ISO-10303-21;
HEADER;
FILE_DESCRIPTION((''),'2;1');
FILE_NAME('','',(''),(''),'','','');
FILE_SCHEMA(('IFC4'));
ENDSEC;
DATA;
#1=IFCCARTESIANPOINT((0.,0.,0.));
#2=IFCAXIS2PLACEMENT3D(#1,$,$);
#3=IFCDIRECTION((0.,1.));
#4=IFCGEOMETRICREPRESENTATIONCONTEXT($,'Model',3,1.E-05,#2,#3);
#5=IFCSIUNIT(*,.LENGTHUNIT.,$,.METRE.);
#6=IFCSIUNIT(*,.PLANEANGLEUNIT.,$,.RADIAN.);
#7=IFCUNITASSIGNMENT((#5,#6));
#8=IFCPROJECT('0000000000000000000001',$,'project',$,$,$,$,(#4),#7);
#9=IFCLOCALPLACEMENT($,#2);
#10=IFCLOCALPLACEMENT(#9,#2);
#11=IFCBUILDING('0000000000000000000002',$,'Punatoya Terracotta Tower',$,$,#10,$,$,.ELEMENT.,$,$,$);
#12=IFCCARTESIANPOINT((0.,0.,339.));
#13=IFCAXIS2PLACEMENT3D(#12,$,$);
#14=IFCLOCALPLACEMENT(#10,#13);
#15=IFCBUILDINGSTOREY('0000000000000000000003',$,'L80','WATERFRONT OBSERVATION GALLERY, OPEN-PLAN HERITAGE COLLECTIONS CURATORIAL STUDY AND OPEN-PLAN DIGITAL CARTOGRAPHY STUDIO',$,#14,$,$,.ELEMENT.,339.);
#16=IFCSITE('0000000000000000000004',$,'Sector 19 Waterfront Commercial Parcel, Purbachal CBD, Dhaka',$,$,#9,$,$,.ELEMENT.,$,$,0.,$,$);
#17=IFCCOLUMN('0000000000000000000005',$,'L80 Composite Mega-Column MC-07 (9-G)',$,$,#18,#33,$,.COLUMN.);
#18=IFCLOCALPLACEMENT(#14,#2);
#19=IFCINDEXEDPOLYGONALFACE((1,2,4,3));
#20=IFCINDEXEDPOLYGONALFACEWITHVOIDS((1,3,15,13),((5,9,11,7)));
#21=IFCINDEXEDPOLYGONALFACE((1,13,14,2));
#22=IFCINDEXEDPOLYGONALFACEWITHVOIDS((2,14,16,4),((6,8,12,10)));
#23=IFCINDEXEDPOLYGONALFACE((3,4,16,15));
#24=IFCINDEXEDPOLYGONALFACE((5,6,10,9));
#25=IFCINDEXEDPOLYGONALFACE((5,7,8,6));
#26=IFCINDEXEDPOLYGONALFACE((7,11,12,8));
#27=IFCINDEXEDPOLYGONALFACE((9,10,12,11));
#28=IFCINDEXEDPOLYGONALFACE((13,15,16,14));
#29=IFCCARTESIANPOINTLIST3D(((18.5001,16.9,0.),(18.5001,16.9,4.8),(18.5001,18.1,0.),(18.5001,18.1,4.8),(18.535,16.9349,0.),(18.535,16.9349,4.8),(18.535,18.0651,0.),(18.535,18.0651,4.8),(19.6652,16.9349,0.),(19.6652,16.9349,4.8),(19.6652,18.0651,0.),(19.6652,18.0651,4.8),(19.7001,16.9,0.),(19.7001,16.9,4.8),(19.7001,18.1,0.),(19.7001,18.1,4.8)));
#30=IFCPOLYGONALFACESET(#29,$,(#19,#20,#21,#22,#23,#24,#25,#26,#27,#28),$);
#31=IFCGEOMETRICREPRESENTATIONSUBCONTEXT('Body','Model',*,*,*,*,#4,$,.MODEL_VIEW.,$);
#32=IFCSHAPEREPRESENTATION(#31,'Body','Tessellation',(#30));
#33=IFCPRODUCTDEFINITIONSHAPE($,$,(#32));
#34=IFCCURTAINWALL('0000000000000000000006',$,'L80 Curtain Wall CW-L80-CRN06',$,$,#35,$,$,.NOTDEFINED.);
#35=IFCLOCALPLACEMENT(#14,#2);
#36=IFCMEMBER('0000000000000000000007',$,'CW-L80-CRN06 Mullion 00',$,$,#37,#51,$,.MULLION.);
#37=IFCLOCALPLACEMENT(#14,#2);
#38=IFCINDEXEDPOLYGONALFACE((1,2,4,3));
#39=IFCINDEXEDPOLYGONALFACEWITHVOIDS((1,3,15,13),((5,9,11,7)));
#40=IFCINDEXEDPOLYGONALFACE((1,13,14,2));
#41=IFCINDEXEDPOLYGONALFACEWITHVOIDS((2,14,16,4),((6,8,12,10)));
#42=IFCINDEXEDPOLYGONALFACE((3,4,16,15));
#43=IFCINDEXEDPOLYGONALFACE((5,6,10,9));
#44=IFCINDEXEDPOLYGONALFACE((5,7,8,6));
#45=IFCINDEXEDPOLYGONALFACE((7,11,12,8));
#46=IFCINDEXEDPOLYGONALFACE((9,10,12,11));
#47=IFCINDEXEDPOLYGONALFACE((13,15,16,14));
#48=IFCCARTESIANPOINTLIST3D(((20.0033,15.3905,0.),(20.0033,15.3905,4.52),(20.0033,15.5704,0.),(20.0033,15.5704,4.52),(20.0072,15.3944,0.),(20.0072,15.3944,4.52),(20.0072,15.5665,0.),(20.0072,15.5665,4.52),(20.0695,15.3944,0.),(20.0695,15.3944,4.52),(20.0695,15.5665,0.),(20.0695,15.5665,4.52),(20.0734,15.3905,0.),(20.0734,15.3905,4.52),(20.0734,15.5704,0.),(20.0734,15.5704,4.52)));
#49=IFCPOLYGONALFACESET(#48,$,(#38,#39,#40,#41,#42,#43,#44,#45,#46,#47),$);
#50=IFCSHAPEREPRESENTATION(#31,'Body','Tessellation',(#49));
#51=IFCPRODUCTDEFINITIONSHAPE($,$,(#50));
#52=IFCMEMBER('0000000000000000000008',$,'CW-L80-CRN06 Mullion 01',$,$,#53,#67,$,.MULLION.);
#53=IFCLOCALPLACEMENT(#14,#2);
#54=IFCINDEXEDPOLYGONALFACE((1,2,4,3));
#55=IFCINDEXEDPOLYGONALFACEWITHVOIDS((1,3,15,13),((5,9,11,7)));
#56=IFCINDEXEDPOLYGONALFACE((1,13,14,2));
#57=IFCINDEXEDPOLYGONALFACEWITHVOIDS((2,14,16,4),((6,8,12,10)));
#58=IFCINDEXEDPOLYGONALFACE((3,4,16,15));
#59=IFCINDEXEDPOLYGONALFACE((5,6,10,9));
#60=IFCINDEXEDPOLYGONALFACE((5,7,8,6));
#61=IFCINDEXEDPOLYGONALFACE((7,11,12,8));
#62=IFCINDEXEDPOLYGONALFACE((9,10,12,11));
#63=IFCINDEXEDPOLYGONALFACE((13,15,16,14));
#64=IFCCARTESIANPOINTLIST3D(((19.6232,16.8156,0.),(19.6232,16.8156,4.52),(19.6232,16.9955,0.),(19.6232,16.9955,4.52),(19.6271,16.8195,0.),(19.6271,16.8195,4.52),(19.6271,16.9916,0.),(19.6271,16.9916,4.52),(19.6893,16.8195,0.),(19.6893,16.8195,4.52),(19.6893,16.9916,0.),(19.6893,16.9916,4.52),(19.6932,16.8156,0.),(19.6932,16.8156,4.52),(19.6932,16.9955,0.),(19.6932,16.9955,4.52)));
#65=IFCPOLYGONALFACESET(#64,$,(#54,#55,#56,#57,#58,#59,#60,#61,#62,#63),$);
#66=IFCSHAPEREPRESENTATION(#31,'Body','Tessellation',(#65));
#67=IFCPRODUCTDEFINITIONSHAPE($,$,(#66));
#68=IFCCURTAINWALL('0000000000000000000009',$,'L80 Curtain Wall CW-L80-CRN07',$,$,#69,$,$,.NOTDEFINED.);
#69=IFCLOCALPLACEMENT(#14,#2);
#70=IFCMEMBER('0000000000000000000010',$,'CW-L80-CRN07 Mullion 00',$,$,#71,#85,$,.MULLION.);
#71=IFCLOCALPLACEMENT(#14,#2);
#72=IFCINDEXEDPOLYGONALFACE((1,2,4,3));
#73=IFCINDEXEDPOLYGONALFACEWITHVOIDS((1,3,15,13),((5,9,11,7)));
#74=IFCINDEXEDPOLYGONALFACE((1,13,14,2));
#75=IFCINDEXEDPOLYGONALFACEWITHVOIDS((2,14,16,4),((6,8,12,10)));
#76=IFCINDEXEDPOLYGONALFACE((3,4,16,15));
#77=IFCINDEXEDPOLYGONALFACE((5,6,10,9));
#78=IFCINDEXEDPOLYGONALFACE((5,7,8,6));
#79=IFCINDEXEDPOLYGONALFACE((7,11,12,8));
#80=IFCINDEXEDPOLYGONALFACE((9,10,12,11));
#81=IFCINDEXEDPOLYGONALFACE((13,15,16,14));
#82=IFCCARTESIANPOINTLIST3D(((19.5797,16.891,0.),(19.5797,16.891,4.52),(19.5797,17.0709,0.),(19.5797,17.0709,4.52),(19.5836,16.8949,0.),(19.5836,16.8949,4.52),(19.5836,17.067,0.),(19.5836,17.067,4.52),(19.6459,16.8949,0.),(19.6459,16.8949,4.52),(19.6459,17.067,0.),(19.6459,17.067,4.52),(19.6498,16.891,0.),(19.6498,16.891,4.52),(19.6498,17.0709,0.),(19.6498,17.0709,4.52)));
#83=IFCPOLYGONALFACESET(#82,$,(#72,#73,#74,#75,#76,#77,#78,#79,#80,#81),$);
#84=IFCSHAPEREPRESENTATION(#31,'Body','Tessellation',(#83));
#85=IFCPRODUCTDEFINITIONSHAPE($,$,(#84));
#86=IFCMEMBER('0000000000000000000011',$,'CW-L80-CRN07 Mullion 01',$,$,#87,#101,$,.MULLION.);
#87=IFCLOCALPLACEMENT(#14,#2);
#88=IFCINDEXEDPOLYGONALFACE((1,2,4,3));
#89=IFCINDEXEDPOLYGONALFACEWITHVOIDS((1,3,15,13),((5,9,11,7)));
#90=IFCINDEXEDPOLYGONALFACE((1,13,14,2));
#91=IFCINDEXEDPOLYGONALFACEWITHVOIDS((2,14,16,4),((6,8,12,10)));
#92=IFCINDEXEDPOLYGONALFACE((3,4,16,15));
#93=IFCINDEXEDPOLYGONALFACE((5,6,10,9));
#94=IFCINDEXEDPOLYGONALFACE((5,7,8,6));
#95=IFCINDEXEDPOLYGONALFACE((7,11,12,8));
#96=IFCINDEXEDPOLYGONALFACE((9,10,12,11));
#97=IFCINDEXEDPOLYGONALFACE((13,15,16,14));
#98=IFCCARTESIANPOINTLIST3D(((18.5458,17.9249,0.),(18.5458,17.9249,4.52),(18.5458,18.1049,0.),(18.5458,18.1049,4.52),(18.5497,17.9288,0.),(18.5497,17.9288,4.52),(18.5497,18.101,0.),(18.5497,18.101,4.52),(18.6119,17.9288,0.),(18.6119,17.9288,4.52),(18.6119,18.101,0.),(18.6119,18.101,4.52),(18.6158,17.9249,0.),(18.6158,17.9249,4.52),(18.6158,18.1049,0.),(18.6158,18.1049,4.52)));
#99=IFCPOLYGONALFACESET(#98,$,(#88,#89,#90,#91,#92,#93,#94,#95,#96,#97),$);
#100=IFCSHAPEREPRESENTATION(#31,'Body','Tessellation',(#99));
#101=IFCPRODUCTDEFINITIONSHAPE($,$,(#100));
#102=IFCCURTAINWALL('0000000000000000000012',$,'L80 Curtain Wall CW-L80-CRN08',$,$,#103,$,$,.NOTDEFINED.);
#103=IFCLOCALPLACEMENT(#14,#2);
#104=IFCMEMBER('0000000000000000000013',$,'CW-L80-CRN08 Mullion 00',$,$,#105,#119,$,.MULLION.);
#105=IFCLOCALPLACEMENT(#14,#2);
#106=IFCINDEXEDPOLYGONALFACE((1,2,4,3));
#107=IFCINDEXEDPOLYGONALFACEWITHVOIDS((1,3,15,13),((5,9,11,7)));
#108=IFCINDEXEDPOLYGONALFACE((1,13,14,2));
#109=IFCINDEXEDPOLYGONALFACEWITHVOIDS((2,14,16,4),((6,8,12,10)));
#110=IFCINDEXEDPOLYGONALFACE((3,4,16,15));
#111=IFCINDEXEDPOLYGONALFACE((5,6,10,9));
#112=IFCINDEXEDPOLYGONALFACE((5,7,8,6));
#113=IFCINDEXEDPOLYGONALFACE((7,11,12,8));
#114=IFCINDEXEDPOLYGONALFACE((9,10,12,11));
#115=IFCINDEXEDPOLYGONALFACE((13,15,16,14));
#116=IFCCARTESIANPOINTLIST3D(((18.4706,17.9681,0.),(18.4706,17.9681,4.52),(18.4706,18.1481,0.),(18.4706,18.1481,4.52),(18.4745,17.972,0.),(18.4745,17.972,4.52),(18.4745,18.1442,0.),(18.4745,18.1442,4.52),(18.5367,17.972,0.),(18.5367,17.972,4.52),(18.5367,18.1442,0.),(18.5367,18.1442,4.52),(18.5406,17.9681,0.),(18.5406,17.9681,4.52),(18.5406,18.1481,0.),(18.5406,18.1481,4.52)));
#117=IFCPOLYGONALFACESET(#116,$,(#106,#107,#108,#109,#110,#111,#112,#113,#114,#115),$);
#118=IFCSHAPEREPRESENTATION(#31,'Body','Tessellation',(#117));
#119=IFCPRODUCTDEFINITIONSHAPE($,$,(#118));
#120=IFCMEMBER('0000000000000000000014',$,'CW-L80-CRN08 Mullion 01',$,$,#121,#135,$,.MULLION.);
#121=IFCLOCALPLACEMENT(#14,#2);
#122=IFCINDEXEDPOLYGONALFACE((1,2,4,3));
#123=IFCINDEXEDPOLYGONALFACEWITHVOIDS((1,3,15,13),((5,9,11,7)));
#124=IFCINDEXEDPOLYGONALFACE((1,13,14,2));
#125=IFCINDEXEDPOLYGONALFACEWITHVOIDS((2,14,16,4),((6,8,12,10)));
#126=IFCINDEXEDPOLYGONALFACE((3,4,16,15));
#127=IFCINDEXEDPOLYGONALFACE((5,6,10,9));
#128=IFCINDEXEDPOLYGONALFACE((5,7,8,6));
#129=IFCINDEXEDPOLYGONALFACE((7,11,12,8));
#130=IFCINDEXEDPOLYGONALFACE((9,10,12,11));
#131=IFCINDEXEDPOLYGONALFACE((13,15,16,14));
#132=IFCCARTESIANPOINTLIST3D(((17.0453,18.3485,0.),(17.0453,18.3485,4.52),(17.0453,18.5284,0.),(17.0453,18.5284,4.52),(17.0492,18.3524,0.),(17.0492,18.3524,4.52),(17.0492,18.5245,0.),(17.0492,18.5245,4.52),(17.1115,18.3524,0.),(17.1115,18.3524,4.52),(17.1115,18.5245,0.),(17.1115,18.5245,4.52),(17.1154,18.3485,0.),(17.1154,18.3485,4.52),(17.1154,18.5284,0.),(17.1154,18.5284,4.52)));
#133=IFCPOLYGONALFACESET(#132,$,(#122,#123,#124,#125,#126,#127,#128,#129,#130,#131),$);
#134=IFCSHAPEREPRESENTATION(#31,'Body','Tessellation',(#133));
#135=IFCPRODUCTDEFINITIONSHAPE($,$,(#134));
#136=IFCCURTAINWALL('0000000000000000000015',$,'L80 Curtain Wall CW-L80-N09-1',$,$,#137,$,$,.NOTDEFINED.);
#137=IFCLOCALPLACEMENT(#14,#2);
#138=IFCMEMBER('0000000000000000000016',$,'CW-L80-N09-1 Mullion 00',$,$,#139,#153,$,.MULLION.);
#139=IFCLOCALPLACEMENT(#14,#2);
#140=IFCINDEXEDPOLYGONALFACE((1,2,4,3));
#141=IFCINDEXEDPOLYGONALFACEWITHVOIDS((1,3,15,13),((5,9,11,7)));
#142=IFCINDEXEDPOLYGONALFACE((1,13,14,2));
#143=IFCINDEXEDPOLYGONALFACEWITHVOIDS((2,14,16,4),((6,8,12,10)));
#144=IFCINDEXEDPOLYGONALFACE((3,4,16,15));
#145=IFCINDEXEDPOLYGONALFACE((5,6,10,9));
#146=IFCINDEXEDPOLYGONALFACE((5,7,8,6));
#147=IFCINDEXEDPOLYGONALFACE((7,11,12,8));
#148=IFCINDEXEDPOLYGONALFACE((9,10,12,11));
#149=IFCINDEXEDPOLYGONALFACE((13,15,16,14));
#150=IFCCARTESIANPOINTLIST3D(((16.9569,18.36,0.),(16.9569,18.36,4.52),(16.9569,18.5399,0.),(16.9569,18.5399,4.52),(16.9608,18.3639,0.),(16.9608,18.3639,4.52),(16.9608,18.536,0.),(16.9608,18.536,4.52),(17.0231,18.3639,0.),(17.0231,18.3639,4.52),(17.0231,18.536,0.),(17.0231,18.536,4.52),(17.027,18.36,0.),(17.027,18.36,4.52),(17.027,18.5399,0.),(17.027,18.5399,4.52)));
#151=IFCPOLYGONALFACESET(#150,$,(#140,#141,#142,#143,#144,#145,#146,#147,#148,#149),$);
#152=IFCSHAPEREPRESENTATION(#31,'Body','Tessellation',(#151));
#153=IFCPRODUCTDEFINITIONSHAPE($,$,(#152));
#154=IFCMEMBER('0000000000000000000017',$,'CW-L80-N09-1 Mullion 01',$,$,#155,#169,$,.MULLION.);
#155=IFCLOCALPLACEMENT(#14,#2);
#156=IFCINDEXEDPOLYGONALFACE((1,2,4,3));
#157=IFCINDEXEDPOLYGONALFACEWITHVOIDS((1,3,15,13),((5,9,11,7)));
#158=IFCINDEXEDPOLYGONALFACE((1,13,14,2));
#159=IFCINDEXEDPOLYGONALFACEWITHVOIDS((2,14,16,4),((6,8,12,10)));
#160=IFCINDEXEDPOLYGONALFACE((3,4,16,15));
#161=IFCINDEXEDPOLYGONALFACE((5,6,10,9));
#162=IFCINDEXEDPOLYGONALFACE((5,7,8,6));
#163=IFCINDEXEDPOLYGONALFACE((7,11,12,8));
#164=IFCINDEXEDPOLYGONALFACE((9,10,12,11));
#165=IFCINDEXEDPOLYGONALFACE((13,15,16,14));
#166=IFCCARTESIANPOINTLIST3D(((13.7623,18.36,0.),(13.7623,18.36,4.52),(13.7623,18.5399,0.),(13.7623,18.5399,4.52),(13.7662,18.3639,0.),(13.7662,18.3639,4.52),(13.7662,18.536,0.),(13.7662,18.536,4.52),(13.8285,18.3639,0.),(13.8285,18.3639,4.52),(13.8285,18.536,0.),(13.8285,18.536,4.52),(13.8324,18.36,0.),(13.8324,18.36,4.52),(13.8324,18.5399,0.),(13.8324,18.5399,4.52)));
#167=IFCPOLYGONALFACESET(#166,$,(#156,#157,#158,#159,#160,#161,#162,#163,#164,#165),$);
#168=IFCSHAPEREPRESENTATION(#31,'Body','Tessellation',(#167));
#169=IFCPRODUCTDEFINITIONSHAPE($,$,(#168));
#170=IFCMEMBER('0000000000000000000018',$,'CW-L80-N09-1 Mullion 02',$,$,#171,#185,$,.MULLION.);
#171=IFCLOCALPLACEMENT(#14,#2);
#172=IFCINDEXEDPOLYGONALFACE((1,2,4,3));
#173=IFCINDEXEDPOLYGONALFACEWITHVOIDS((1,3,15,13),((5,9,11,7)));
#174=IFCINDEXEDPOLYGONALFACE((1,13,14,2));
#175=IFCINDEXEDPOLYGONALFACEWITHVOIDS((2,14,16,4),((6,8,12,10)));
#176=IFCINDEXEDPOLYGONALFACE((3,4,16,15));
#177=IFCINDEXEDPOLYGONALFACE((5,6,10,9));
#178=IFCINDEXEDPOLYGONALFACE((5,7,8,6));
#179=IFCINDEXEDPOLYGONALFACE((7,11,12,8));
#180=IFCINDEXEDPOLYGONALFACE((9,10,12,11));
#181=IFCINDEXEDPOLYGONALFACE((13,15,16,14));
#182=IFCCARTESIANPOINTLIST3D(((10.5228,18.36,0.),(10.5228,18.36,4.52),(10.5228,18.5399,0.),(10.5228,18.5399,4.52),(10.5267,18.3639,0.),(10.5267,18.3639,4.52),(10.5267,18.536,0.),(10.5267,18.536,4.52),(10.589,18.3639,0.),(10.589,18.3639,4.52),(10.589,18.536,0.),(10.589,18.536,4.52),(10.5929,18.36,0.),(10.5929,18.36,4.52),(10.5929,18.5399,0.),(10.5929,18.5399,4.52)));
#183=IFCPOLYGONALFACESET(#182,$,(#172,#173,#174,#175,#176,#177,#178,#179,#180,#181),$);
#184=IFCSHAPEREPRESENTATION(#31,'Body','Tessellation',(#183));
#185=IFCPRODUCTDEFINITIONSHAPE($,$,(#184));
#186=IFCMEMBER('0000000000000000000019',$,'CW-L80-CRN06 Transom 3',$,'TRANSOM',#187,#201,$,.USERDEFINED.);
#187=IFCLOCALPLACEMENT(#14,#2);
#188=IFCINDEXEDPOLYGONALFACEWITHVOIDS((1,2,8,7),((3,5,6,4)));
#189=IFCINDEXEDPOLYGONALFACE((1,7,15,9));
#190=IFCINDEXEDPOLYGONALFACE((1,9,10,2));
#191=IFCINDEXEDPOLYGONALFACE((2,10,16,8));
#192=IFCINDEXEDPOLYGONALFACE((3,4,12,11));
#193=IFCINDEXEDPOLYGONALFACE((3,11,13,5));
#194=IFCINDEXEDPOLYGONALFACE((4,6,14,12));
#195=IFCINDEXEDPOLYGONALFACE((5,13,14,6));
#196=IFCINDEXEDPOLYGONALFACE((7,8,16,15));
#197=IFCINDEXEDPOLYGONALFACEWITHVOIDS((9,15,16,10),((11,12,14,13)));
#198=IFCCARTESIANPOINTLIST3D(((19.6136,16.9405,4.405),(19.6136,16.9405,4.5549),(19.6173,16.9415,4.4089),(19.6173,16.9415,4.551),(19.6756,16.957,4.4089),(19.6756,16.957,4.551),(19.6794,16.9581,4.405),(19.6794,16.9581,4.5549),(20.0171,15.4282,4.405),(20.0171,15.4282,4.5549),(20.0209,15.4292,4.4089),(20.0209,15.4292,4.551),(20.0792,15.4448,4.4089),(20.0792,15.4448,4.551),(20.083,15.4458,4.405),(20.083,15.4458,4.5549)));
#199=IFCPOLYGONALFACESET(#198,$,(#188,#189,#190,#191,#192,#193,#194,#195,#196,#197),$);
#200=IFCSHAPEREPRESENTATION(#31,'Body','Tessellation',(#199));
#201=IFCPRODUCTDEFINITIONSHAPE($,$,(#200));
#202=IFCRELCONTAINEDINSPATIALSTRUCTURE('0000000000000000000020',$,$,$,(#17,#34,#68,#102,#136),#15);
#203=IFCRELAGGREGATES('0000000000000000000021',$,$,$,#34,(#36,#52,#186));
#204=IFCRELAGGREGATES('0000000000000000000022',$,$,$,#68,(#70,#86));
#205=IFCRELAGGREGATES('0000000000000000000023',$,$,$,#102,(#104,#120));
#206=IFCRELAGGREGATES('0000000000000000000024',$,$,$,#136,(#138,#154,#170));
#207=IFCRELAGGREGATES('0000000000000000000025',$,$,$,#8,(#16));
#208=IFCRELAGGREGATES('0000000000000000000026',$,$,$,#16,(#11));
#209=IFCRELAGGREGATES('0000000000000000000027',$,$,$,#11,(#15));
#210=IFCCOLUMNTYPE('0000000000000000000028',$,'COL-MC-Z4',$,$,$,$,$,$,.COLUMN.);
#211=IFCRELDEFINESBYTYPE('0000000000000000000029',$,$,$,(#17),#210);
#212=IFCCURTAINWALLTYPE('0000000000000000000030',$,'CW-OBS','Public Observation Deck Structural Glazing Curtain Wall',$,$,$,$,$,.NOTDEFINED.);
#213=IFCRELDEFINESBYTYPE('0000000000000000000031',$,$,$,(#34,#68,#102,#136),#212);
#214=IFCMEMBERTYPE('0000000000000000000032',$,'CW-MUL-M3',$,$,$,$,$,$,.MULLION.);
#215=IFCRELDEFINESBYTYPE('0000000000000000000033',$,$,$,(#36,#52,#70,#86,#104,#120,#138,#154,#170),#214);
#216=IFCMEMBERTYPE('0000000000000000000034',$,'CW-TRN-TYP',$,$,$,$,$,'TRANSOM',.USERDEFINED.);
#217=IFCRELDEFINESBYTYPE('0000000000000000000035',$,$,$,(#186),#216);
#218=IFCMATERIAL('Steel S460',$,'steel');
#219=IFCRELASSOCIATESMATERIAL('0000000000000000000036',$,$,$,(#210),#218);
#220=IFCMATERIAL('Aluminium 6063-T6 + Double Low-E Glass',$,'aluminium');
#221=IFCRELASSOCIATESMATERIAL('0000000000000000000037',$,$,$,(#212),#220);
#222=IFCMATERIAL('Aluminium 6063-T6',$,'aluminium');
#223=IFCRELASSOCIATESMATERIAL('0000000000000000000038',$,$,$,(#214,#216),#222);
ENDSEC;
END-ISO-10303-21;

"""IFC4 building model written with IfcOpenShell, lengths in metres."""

from ifc_helpers import new_model, si_unit, direction, frame, origin, origin_2d, place, context, subcontext, project, spatial, hollow_rectangle, extrude, material, material_profile, profile_set, type_object, element, aggregate, save


model = new_model("IFC4")

# Units and contexts
model_context = context("Model", 3, precision=1e-05, world=origin(), true_north=direction((0.0, 1.0)))
body_context = subcontext(model_context, "Body", "Model", "MODEL_VIEW")
ifc_project = project(units=[si_unit("LENGTHUNIT", "METRE"), si_unit("PLANEANGLEUNIT", "RADIAN")], contexts=[model_context])

# Site, building, storey
site_placement = place(None, origin())
site = spatial("IfcSite", under=ifc_project, at=site_placement, Name="Sector 19 Waterfront Commercial Parcel, Purbachal CBD, Dhaka", CompositionType="ELEMENT", RefElevation=0.0)
building_placement = place(site_placement, origin())
building = spatial("IfcBuilding", under=site, at=building_placement, Name="Punatoya Terracotta Tower", CompositionType="ELEMENT")
storey_placement = place(building_placement, frame((0.0, 0.0, 339.0)))
storey = spatial("IfcBuildingStorey", under=building, at=storey_placement, Name="L80", Description="WATERFRONT OBSERVATION GALLERY, OPEN-PLAN HERITAGE COLLECTIONS CURATORIAL STUDY AND OPEN-PLAN DIGITAL CARTOGRAPHY STUDIO", CompositionType="ELEMENT", Elevation=339.0)

# Column
ifc_material_1 = material(Name="Steel S460", Category="steel")
ifc_material_profile_1 = material_profile(ifc_material_1, hollow_rectangle(XDim=1.2, YDim=1.2, WallThickness=0.0349, at=origin_2d()))
ifc_profile_set_1 = profile_set([ifc_material_profile_1], Name="Steel S460")
column_type = type_object("IfcColumnType", Name="COL-MC-Z4", PredefinedType="COLUMN", material=ifc_profile_set_1)
column_placement = place(storey_placement, frame((19.1001, 17.5, 0.0), z_axis=(0.0, 0.0, 1.0), x_axis=(1.0, 0.0, 0.0)))
element("IfcColumn", 1, at=column_placement, inside=storey, type_object=column_type, Name="L80 Composite Mega-Column MC-07 (9-G)", PredefinedType="COLUMN", context=body_context, shape_type="SweptSolid", body=[
    extrude(hollow_rectangle(XDim=1.2, YDim=1.2, WallThickness=0.0349, at=origin_2d()), origin(), (0.0, 0.0, 1.0), 4.8),
])

# Curtain walls, members
ifc_material_2 = material(Name="Aluminium 6063-T6 + Double Low-E Glass", Category="aluminium")
curtain_wall_type = type_object("IfcCurtainWallType", Name="CW-OBS", Description="Public Observation Deck Structural Glazing Curtain Wall", PredefinedType="NOTDEFINED", material=ifc_material_2)
curtain_wall_1_placement = place(storey_placement, origin())
curtain_wall_1 = element("IfcCurtainWall", 2, at=curtain_wall_1_placement, inside=storey, type_object=curtain_wall_type, Name="L80 Curtain Wall CW-L80-CRN06", PredefinedType="NOTDEFINED")
ifc_material_3 = material(Name="Aluminium 6063-T6", Category="aluminium")
ifc_material_profile_2 = material_profile(ifc_material_3, hollow_rectangle(XDim=0.0701, YDim=0.1799, WallThickness=0.0039, at=origin_2d()))
ifc_profile_set_2 = profile_set([ifc_material_profile_2], Name="Aluminium 6063-T6")
member_type_1 = type_object("IfcMemberType", Name="CW-MUL-M3", PredefinedType="MULLION", material=ifc_profile_set_2)
member_1_placement = place(storey_placement, frame((20.0383, 15.4805, 0.0), z_axis=(0.0, 0.0, 1.0), x_axis=(1.0, 0.0, 0.0)))
member_1 = element("IfcMember", 3, at=member_1_placement, type_object=member_type_1, Name="CW-L80-CRN06 Mullion 00", PredefinedType="MULLION", context=body_context, shape_type="SweptSolid", body=[
    extrude(hollow_rectangle(XDim=0.0701, YDim=0.1799, WallThickness=0.0039, at=origin_2d()), origin(), (0.0, 0.0, 1.0), 4.52),
])
member_2_placement = place(storey_placement, frame((19.6582, 16.9055, 0.0), z_axis=(0.0, 0.0, 1.0), x_axis=(1.0, 0.0, 0.0)))
member_2 = element("IfcMember", 4, at=member_2_placement, type_object=member_type_1, Name="CW-L80-CRN06 Mullion 01", PredefinedType="MULLION", context=body_context, shape_type="SweptSolid", body=[
    extrude(hollow_rectangle(XDim=0.0701, YDim=0.1799, WallThickness=0.0039, at=origin_2d()), origin(), (0.0, 0.0, 1.0), 4.52),
])
curtain_wall_2_placement = place(storey_placement, origin())
curtain_wall_2 = element("IfcCurtainWall", 5, at=curtain_wall_2_placement, inside=storey, type_object=curtain_wall_type, Name="L80 Curtain Wall CW-L80-CRN07", PredefinedType="NOTDEFINED")
member_3_placement = place(storey_placement, frame((19.6147, 16.981, 0.0), z_axis=(0.0, 0.0, 1.0), x_axis=(1.0, 0.0, 0.0)))
member_3 = element("IfcMember", 6, at=member_3_placement, type_object=member_type_1, Name="CW-L80-CRN07 Mullion 00", PredefinedType="MULLION", context=body_context, shape_type="SweptSolid", body=[
    extrude(hollow_rectangle(XDim=0.0701, YDim=0.1799, WallThickness=0.0039, at=origin_2d()), origin(), (0.0, 0.0, 1.0), 4.52),
])
member_4_placement = place(storey_placement, frame((18.5808, 18.0149, 0.0), z_axis=(0.0, 0.0, 1.0), x_axis=(1.0, 0.0, 0.0)))
member_4 = element("IfcMember", 7, at=member_4_placement, type_object=member_type_1, Name="CW-L80-CRN07 Mullion 01", PredefinedType="MULLION", context=body_context, shape_type="SweptSolid", body=[
    extrude(hollow_rectangle(XDim=0.0701, YDim=0.1799, WallThickness=0.0039, at=origin_2d()), origin(), (0.0, 0.0, 1.0), 4.52),
])
curtain_wall_3_placement = place(storey_placement, origin())
curtain_wall_3 = element("IfcCurtainWall", 8, at=curtain_wall_3_placement, inside=storey, type_object=curtain_wall_type, Name="L80 Curtain Wall CW-L80-CRN08", PredefinedType="NOTDEFINED")
member_5_placement = place(storey_placement, frame((18.5056, 18.0581, 0.0), z_axis=(0.0, 0.0, 1.0), x_axis=(1.0, 0.0, 0.0)))
member_5 = element("IfcMember", 9, at=member_5_placement, type_object=member_type_1, Name="CW-L80-CRN08 Mullion 00", PredefinedType="MULLION", context=body_context, shape_type="SweptSolid", body=[
    extrude(hollow_rectangle(XDim=0.0701, YDim=0.1799, WallThickness=0.0039, at=origin_2d()), origin(), (0.0, 0.0, 1.0), 4.52),
])
member_6_placement = place(storey_placement, frame((17.0803, 18.4385, 0.0), z_axis=(0.0, 0.0, 1.0), x_axis=(1.0, 0.0, 0.0)))
member_6 = element("IfcMember", 10, at=member_6_placement, type_object=member_type_1, Name="CW-L80-CRN08 Mullion 01", PredefinedType="MULLION", context=body_context, shape_type="SweptSolid", body=[
    extrude(hollow_rectangle(XDim=0.0701, YDim=0.1799, WallThickness=0.0039, at=origin_2d()), origin(), (0.0, 0.0, 1.0), 4.52),
])
curtain_wall_4_placement = place(storey_placement, origin())
curtain_wall_4 = element("IfcCurtainWall", 11, at=curtain_wall_4_placement, inside=storey, type_object=curtain_wall_type, Name="L80 Curtain Wall CW-L80-N09-1", PredefinedType="NOTDEFINED")
member_7_placement = place(storey_placement, frame((16.9919, 18.45, 0.0), z_axis=(0.0, 0.0, 1.0), x_axis=(1.0, 0.0, 0.0)))
member_7 = element("IfcMember", 12, at=member_7_placement, type_object=member_type_1, Name="CW-L80-N09-1 Mullion 00", PredefinedType="MULLION", context=body_context, shape_type="SweptSolid", body=[
    extrude(hollow_rectangle(XDim=0.0701, YDim=0.1799, WallThickness=0.0039, at=origin_2d()), origin(), (0.0, 0.0, 1.0), 4.52),
])
member_8_placement = place(storey_placement, frame((13.7974, 18.45, 0.0), z_axis=(0.0, 0.0, 1.0), x_axis=(1.0, 0.0, 0.0)))
member_8 = element("IfcMember", 13, at=member_8_placement, type_object=member_type_1, Name="CW-L80-N09-1 Mullion 01", PredefinedType="MULLION", context=body_context, shape_type="SweptSolid", body=[
    extrude(hollow_rectangle(XDim=0.0701, YDim=0.1799, WallThickness=0.0039, at=origin_2d()), origin(), (0.0, 0.0, 1.0), 4.52),
])
member_9_placement = place(storey_placement, frame((10.5579, 18.45, 0.0), z_axis=(0.0, 0.0, 1.0), x_axis=(1.0, 0.0, 0.0)))
member_9 = element("IfcMember", 14, at=member_9_placement, type_object=member_type_1, Name="CW-L80-N09-1 Mullion 02", PredefinedType="MULLION", context=body_context, shape_type="SweptSolid", body=[
    extrude(hollow_rectangle(XDim=0.0701, YDim=0.1799, WallThickness=0.0039, at=origin_2d()), origin(), (0.0, 0.0, 1.0), 4.52),
])

# Member
ifc_material_profile_3 = material_profile(ifc_material_3, hollow_rectangle(XDim=0.0681, YDim=0.1499, WallThickness=0.0039, at=origin_2d()))
ifc_profile_set_3 = profile_set([ifc_material_profile_3], Name="Aluminium 6063-T6")
member_type_2 = type_object("IfcMemberType", Name="CW-TRN-TYP", ElementType="TRANSOM", PredefinedType="USERDEFINED", material=ifc_profile_set_3)
member_10_placement = place(storey_placement, frame((20.05, 15.437, 4.48), z_axis=(-0.257847, 0.966186, 0.0), x_axis=(-0.966186, -0.257847, 0.0)))
member_10 = element("IfcMember", 15, at=member_10_placement, type_object=member_type_2, Name="CW-L80-CRN06 Transom 3", ObjectType="TRANSOM", PredefinedType="USERDEFINED", context=body_context, shape_type="SweptSolid", body=[
    extrude(hollow_rectangle(XDim=0.0681, YDim=0.1499, WallThickness=0.0039, at=origin_2d()), origin(), (0.0, 0.0, 1.0), 1.5652),
])

aggregate(curtain_wall_1, [member_1, member_2, member_10])
aggregate(curtain_wall_2, [member_3, member_4])
aggregate(curtain_wall_3, [member_5, member_6])
aggregate(curtain_wall_4, [member_7, member_8, member_9])

save(model, "model.ifc")
